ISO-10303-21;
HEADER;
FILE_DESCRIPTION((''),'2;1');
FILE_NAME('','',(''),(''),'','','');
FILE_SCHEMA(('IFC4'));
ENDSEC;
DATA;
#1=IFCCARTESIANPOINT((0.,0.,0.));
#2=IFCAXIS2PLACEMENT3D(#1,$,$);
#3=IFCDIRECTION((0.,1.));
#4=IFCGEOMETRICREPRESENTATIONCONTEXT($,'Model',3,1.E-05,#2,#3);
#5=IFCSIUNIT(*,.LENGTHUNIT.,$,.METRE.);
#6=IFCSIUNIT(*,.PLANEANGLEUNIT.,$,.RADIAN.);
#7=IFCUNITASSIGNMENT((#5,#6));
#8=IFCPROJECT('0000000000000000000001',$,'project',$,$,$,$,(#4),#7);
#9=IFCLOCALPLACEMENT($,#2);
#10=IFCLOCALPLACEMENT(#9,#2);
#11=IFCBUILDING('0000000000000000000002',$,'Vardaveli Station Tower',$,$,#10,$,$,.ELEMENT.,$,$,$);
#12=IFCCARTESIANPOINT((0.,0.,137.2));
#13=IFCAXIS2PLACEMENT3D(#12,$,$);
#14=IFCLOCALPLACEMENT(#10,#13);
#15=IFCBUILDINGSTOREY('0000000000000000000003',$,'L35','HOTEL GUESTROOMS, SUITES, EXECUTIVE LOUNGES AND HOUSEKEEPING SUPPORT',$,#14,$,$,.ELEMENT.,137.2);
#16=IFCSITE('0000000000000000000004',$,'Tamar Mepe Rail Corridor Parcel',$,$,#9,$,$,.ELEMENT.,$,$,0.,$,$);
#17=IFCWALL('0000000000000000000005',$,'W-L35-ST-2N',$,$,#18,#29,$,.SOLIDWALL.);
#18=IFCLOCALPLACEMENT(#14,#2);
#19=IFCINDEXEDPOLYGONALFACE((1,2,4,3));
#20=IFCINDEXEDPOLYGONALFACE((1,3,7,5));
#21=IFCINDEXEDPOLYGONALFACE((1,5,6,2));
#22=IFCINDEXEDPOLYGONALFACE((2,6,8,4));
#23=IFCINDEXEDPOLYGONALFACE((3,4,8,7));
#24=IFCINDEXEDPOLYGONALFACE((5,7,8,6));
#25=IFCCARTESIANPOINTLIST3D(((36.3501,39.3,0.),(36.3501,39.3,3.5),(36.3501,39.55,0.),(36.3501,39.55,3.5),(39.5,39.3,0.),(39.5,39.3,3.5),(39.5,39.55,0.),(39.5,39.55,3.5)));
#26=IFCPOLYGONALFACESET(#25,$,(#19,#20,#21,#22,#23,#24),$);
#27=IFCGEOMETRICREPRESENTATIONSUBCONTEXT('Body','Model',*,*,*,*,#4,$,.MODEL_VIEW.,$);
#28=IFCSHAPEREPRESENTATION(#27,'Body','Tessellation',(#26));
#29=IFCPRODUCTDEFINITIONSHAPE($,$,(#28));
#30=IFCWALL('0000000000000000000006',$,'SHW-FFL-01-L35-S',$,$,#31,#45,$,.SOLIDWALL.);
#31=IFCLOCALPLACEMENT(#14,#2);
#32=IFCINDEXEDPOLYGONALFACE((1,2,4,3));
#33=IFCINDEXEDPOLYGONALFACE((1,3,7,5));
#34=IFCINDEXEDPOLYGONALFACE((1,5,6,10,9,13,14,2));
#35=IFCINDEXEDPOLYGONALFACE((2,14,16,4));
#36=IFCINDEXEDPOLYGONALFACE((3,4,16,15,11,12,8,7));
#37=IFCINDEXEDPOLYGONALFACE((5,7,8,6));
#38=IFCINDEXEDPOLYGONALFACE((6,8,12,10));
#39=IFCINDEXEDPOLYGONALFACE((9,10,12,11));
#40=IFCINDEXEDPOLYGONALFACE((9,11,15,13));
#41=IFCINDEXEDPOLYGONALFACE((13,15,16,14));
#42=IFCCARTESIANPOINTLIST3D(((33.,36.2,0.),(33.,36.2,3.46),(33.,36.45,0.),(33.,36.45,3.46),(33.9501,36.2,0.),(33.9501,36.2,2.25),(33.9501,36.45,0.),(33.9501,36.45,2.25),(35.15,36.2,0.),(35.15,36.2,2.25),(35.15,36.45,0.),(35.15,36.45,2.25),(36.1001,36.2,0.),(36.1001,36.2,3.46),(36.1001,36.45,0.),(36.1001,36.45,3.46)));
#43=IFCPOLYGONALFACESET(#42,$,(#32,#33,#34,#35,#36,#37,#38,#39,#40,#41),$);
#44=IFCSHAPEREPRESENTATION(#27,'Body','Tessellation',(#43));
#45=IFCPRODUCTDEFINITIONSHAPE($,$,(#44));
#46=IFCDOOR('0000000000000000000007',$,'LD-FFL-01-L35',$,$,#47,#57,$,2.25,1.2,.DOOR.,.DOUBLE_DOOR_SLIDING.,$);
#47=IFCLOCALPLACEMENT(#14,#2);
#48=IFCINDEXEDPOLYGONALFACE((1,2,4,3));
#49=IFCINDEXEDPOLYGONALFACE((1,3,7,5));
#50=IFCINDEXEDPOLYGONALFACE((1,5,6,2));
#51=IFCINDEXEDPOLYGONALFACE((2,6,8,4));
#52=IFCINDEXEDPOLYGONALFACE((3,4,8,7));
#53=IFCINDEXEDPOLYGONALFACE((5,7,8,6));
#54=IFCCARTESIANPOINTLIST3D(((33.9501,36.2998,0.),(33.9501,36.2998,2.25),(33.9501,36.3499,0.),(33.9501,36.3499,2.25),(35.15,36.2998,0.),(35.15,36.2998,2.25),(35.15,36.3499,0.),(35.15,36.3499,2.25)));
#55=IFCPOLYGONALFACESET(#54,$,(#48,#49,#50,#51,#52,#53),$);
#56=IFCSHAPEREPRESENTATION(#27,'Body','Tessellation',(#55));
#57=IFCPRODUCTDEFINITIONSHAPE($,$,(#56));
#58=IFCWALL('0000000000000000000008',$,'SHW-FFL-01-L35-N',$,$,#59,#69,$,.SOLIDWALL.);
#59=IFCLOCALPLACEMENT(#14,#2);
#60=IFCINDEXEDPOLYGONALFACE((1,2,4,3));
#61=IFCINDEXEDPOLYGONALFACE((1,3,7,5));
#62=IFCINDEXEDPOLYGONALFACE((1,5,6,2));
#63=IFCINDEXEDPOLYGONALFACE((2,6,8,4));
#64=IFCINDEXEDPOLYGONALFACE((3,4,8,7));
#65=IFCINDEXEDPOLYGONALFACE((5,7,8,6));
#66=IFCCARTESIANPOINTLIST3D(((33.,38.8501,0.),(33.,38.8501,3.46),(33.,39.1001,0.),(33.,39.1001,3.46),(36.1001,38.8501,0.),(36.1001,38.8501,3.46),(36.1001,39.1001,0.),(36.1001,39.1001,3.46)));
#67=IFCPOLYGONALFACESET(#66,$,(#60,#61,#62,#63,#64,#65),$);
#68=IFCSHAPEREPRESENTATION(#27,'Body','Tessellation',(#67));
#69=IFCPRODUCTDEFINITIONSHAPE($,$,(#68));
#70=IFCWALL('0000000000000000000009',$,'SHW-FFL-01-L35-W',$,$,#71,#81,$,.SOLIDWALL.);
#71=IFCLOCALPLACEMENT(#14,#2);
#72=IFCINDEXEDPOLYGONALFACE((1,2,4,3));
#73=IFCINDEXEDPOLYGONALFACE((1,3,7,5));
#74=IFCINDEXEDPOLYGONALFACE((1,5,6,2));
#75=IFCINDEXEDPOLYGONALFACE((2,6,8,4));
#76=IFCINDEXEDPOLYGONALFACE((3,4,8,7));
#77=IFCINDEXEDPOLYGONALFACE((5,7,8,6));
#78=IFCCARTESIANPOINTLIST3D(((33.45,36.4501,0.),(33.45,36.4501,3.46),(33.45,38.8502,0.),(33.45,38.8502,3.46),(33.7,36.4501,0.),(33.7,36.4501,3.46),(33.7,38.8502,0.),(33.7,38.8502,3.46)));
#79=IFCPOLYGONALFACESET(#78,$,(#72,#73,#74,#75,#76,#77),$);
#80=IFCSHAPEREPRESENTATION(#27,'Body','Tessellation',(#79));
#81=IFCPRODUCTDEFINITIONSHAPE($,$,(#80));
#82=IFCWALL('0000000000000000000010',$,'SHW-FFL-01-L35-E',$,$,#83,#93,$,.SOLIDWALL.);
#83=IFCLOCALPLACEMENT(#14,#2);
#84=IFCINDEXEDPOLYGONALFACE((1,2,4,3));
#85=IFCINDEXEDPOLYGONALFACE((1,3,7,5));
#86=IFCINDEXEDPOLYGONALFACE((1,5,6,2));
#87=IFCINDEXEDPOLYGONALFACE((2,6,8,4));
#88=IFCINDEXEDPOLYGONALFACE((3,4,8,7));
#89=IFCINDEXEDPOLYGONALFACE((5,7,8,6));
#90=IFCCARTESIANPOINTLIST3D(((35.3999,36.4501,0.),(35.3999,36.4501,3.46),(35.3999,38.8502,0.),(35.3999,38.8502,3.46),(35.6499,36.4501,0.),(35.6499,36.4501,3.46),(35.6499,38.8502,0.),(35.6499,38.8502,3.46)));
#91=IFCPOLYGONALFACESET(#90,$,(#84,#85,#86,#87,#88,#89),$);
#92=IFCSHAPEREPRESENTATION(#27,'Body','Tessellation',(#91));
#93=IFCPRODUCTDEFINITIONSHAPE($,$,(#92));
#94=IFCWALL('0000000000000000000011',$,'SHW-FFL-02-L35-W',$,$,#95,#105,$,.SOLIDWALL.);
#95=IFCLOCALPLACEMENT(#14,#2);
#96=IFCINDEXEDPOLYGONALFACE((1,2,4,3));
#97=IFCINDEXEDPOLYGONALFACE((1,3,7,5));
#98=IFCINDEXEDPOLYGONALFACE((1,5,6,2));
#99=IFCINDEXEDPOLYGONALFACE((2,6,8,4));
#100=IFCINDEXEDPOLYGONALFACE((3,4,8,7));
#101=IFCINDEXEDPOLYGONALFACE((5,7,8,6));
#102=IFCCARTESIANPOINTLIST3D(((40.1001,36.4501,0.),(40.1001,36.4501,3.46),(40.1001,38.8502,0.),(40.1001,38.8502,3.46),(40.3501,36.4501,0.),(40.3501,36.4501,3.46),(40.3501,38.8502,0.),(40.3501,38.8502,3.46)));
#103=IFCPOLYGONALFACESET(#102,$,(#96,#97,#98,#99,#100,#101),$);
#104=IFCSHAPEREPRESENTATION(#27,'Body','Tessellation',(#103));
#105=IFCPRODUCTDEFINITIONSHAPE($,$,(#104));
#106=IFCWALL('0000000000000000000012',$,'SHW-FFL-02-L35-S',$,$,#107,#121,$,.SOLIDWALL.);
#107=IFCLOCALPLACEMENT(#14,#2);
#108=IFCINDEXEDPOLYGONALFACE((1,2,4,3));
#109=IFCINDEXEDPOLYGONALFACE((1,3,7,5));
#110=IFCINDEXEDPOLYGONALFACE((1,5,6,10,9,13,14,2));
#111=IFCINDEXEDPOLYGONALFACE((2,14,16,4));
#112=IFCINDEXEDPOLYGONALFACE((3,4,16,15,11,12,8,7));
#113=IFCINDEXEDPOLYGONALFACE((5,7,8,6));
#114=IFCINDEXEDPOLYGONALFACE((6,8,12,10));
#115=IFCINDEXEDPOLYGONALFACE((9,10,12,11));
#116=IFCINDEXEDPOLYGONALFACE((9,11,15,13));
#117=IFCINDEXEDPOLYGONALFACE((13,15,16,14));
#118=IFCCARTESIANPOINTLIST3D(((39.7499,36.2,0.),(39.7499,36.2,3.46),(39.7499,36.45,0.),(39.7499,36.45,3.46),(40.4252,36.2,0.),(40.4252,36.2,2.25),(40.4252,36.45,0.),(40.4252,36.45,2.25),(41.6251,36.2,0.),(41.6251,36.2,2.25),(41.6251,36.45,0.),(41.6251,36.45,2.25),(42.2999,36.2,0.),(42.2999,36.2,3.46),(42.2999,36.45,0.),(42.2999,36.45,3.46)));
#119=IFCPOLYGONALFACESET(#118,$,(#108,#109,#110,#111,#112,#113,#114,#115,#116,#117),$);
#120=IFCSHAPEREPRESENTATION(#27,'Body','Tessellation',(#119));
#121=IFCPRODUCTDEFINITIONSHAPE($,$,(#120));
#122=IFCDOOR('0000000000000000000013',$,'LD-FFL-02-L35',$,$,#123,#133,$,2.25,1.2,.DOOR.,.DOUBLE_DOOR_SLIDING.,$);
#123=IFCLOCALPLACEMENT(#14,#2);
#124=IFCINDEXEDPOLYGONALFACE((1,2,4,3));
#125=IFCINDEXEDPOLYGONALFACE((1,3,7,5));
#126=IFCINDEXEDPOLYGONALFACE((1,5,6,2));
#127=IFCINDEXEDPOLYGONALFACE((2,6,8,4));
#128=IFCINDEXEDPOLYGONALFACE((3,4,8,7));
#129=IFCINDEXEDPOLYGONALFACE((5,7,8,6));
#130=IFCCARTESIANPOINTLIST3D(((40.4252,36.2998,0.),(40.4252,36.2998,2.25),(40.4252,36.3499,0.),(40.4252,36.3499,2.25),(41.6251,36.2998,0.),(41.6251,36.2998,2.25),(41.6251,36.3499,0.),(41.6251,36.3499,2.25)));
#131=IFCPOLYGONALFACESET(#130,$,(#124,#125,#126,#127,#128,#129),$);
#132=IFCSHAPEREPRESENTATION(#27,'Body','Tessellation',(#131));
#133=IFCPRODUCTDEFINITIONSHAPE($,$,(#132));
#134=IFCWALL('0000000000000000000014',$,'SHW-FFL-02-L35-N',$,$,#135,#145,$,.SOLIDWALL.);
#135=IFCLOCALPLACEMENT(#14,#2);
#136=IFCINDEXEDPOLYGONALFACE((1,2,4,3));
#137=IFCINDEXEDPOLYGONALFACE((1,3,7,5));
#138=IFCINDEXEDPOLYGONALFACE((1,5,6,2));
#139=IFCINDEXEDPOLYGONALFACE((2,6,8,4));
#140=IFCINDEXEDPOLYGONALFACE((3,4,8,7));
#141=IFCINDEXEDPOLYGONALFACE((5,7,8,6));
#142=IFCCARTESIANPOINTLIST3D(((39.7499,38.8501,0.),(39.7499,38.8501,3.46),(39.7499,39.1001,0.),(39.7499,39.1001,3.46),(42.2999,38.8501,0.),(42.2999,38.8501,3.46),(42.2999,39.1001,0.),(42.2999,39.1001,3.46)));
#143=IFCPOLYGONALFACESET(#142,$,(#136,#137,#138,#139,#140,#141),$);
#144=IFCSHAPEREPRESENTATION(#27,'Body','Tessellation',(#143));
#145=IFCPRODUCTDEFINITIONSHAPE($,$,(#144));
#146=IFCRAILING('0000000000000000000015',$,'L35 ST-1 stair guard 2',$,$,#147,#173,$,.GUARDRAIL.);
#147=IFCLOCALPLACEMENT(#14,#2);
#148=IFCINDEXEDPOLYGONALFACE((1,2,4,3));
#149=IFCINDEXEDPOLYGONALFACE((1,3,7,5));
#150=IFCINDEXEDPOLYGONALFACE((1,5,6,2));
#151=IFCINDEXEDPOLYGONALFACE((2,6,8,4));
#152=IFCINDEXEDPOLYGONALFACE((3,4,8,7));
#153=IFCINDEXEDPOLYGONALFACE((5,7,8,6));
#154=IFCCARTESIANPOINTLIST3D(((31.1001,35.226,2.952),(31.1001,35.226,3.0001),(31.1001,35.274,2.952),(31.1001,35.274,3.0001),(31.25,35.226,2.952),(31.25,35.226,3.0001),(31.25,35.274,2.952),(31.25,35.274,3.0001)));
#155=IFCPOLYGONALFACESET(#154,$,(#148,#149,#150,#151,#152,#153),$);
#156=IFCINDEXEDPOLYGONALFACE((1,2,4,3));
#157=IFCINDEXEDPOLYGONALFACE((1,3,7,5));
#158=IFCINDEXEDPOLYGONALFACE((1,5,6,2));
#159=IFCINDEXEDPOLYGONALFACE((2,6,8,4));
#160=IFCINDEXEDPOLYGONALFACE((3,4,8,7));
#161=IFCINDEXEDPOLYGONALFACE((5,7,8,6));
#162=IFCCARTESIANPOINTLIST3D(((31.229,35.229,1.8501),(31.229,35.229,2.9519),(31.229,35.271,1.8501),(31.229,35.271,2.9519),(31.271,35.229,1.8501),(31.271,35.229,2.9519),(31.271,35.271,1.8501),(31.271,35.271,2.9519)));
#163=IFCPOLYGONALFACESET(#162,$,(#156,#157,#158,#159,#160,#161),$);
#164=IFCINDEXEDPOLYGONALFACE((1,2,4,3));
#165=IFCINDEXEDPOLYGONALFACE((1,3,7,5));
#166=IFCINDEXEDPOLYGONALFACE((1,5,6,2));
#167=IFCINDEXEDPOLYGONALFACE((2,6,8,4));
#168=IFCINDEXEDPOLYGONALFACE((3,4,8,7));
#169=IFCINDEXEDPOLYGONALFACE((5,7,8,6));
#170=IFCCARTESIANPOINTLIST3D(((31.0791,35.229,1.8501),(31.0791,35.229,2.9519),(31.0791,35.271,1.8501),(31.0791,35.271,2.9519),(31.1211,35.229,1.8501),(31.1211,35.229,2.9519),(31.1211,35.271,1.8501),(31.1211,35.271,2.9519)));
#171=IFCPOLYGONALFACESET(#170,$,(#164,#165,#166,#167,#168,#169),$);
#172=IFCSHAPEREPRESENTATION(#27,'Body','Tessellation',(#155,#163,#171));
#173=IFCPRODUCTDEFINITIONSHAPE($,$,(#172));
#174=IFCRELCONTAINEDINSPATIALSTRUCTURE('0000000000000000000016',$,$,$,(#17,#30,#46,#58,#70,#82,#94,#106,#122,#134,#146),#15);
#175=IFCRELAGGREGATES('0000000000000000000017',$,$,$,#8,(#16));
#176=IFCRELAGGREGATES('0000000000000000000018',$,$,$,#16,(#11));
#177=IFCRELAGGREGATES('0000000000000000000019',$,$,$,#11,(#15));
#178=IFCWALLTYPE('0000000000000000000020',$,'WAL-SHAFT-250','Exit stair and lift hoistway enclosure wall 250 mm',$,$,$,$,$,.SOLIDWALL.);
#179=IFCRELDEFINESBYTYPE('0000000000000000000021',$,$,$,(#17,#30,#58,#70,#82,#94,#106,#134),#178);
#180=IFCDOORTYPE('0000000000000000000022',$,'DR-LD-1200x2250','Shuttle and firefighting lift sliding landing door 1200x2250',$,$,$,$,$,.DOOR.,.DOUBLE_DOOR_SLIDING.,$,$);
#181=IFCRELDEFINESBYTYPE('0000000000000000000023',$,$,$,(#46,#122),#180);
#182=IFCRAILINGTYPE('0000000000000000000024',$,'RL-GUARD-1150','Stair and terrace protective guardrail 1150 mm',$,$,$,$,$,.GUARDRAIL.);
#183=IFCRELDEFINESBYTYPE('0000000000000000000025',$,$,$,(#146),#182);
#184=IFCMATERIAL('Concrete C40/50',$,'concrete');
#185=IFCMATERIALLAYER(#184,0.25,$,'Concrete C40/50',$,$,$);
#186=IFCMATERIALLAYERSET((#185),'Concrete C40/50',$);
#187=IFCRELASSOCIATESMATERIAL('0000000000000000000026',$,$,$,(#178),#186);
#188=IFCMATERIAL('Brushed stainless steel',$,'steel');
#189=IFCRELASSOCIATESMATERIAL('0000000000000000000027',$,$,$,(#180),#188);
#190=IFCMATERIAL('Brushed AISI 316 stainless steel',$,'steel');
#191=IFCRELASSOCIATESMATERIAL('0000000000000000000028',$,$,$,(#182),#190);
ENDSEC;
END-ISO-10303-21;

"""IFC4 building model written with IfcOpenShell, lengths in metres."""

from ifc_helpers import new_model, si_unit, direction, frame, frame_2d, origin, origin_2d, place, context, subcontext, project, spatial, rectangle, extrude, source, transform, mapped, material, layer, layer_set, type_object, element, fill, save


model = new_model("IFC4")

# Units and contexts
model_context = context("Model", 3, precision=1e-05, world=origin(), true_north=direction((0.0, 1.0)))
body_context = subcontext(model_context, "Body", "Model", "MODEL_VIEW")
ifc_project = project(units=[si_unit("LENGTHUNIT", "METRE"), si_unit("PLANEANGLEUNIT", "RADIAN")], contexts=[model_context])

# Site, building, storey
site_placement = place(None, origin())
site = spatial("IfcSite", under=ifc_project, at=site_placement, Name="Tamar Mepe Rail Corridor Parcel", CompositionType="ELEMENT", RefElevation=0.0)
building_placement = place(site_placement, origin())
building = spatial("IfcBuilding", under=site, at=building_placement, Name="Vardaveli Station Tower", CompositionType="ELEMENT")
storey_placement = place(building_placement, frame((0.0, 0.0, 137.2)))
storey = spatial("IfcBuildingStorey", under=building, at=storey_placement, Name="L35", Description="HOTEL GUESTROOMS, SUITES, EXECUTIVE LOUNGES AND HOUSEKEEPING SUPPORT", CompositionType="ELEMENT", Elevation=137.2)

# Wall
ifc_material_1 = material(Name="Concrete C40/50", Category="concrete")
ifc_layer_1 = layer(ifc_material_1, 0.25, Name="Concrete C40/50")
ifc_layer_set_1 = layer_set([ifc_layer_1], Name="Concrete C40/50")
wall_type = type_object("IfcWallType", Name="WAL-SHAFT-250", Description="Exit stair and lift hoistway enclosure wall 250 mm", PredefinedType="SOLIDWALL", material=ifc_layer_set_1)
shared_shape_1 = source(origin(), body_context, "Body", "SweptSolid", [
    extrude(rectangle(XDim=3.1499, YDim=0.25, at=frame_2d((1.575, 0.0))), origin(), (0.0, 0.0, 1.0), 3.5),
])
wall_1_placement = place(storey_placement, frame((36.3501, 39.425, 0.0), z_axis=(0.0, 0.0, 1.0), x_axis=(1.0, 0.0, 0.0)))
element("IfcWall", 1, at=wall_1_placement, inside=storey, type_object=wall_type, Name="W-L35-ST-2N", PredefinedType="SOLIDWALL", context=body_context, shape_type="MappedRepresentation", body=[
    mapped(shared_shape_1, transform((0.0, 0.0, 0.0), scale=1.0)),
])

# Wall, opening, door
shared_shape_2 = source(origin(), body_context, "Body", "SweptSolid", [
    extrude(rectangle(XDim=3.1001, YDim=0.25, at=frame_2d((1.55, 0.0))), origin(), (0.0, 0.0, 1.0), 3.46),
])
wall_2_placement = place(storey_placement, frame((33.0, 36.325, 0.0), z_axis=(0.0, 0.0, 1.0), x_axis=(1.0, 0.0, 0.0)))
wall_2 = element("IfcWall", 2, at=wall_2_placement, inside=storey, type_object=wall_type, Name="SHW-FFL-01-L35-S", PredefinedType="SOLIDWALL", context=body_context, shape_type="MappedRepresentation", body=[
    mapped(shared_shape_2, transform((0.0, 0.0, 0.0), scale=1.0)),
])
shared_shape_3 = source(origin(), body_context, "Body", "SweptSolid", [
    extrude(rectangle(XDim=1.2, YDim=2.25, at=frame_2d((0.6001, 1.125))), frame((0.0, 0.135, 0.0), z_axis=(0.0, -1.0, 0.0), x_axis=(1.0, 0.0, 0.0)), (0.0, 0.0, 1.0), 0.27),
])
opening_1_placement = place(wall_2_placement, frame((0.95, 0.0, 0.0)))
opening_1 = element("IfcOpeningElement", 3, at=opening_1_placement, cuts=wall_2, PredefinedType="OPENING", context=body_context, shape_type="MappedRepresentation", body=[
    mapped(shared_shape_3, transform((0.0, 0.0, 0.0), scale=1.0)),
])
ifc_material_2 = material(Name="Brushed stainless steel", Category="steel")
door_type = type_object("IfcDoorType", Name="DR-LD-1200x2250", Description="Shuttle and firefighting lift sliding landing door 1200x2250", OperationType="DOUBLE_DOOR_SLIDING", PredefinedType="DOOR", material=ifc_material_2)
shared_shape_4 = source(origin(), body_context, "Body", "SweptSolid", [
    extrude(rectangle(XDim=1.2, YDim=2.25, at=frame_2d((0.6001, 1.125))), frame((0.0, 0.0249, 0.0), z_axis=(0.0, -1.0, 0.0), x_axis=(1.0, 0.0, 0.0)), (0.0, 0.0, 1.0), 0.05),
])
door_1_placement = place(opening_1_placement, origin())
door_1 = element("IfcDoor", 4, at=door_1_placement, inside=storey, type_object=door_type, Name="LD-FFL-01-L35", OperationType="DOUBLE_DOOR_SLIDING", OverallHeight=2.25, OverallWidth=1.2, PredefinedType="DOOR", context=body_context, shape_type="MappedRepresentation", body=[
    mapped(shared_shape_4, transform((0.0, 0.0, 0.0), scale=1.0)),
])
fill(opening_1, door_1)

# Walls
wall_3_placement = place(storey_placement, frame((33.0, 38.9751, 0.0), z_axis=(0.0, 0.0, 1.0), x_axis=(1.0, 0.0, 0.0)))
element("IfcWall", 5, at=wall_3_placement, inside=storey, type_object=wall_type, Name="SHW-FFL-01-L35-N", PredefinedType="SOLIDWALL", context=body_context, shape_type="MappedRepresentation", body=[
    mapped(shared_shape_2, transform((0.0, 0.0, 0.0), scale=1.0)),
])
shared_shape_5 = source(origin(), body_context, "Body", "SweptSolid", [
    extrude(rectangle(XDim=2.4001, YDim=0.25, at=frame_2d((1.2002, 0.0))), origin(), (0.0, 0.0, 1.0), 3.46),
])
for number, where, z_axis, x_axis, name in (
    (6, (33.575, 36.45, 0.0), (0.0, 0.0, 1.0), (0.0, 1.0, 0.0), "SHW-FFL-01-L35-W"),
    (7, (35.5249, 36.45, 0.0), (0.0, 0.0, 1.0), (0.0, 1.0, 0.0), "SHW-FFL-01-L35-E"),
    (8, (40.2251, 36.45, 0.0), (0.0, 0.0, 1.0), (0.0, 1.0, 0.0), "SHW-FFL-02-L35-W"),
):
    element("IfcWall", number, at=place(storey_placement, frame(where, z_axis=z_axis, x_axis=x_axis)), inside=storey, type_object=wall_type, Name=name, PredefinedType="SOLIDWALL", context=body_context, shape_type="MappedRepresentation", body=[
        mapped(shared_shape_5, transform((0.0, 0.0, 0.0), scale=1.0)),
    ])

# Wall, opening, door
shared_shape_6 = source(origin(), body_context, "Body", "SweptSolid", [
    extrude(rectangle(XDim=2.55, YDim=0.25, at=frame_2d((1.2749, 0.0))), origin(), (0.0, 0.0, 1.0), 3.46),
])
wall_4_placement = place(storey_placement, frame((39.75, 36.325, 0.0), z_axis=(0.0, 0.0, 1.0), x_axis=(1.0, 0.0, 0.0)))
wall_4 = element("IfcWall", 9, at=wall_4_placement, inside=storey, type_object=wall_type, Name="SHW-FFL-02-L35-S", PredefinedType="SOLIDWALL", context=body_context, shape_type="MappedRepresentation", body=[
    mapped(shared_shape_6, transform((0.0, 0.0, 0.0), scale=1.0)),
])
opening_2_placement = place(wall_4_placement, frame((0.675, 0.0, 0.0)))
opening_2 = element("IfcOpeningElement", 10, at=opening_2_placement, cuts=wall_4, PredefinedType="OPENING", context=body_context, shape_type="MappedRepresentation", body=[
    mapped(shared_shape_3, transform((0.0, 0.0, 0.0), scale=1.0)),
])
door_2_placement = place(opening_2_placement, origin())
door_2 = element("IfcDoor", 11, at=door_2_placement, inside=storey, type_object=door_type, Name="LD-FFL-02-L35", OperationType="DOUBLE_DOOR_SLIDING", OverallHeight=2.25, OverallWidth=1.2, PredefinedType="DOOR", context=body_context, shape_type="MappedRepresentation", body=[
    mapped(shared_shape_4, transform((0.0, 0.0, 0.0), scale=1.0)),
])
fill(opening_2, door_2)

# Wall
wall_5_placement = place(storey_placement, frame((39.75, 38.9751, 0.0), z_axis=(0.0, 0.0, 1.0), x_axis=(1.0, 0.0, 0.0)))
element("IfcWall", 12, at=wall_5_placement, inside=storey, type_object=wall_type, Name="SHW-FFL-02-L35-N", PredefinedType="SOLIDWALL", context=body_context, shape_type="MappedRepresentation", body=[
    mapped(shared_shape_6, transform((0.0, 0.0, 0.0), scale=1.0)),
])

# Railing
ifc_material_3 = material(Name="Brushed AISI 316 stainless steel", Category="steel")
railing_type = type_object("IfcRailingType", Name="RL-GUARD-1150", Description="Stair and terrace protective guardrail 1150 mm", PredefinedType="GUARDRAIL", material=ifc_material_3)
shared_shape_7 = source(origin(), body_context, "Body", "SweptSolid", [
    extrude(rectangle(XDim=0.0481, YDim=0.0481, at=origin_2d()), frame((0.0, 0.0, 1.126), z_axis=(-1.0, 0.0, 0.0), x_axis=(0.0, -1.0, 0.0)), (0.0, 0.0, 1.0), 0.1499),
    extrude(rectangle(XDim=0.042, YDim=0.042, at=origin_2d()), origin(), (0.0, 0.0, 1.0), 1.1018),
    extrude(rectangle(XDim=0.042, YDim=0.042, at=origin_2d()), frame((-0.1499, 0.0, 0.0)), (0.0, 0.0, 1.0), 1.1018),
])
for number, where, name in (
    (13, (31.25, 35.25, 1.8501), "L35 ST-1 stair guard 2"),
):
    element("IfcRailing", number, at=place(storey_placement, frame(where)), inside=storey, type_object=railing_type, Name=name, PredefinedType="GUARDRAIL", context=body_context, shape_type="MappedRepresentation", body=[
        mapped(shared_shape_7, transform((0.0, 0.0, 0.0), scale=1.0)),
    ])

save(model, "model.ifc")
